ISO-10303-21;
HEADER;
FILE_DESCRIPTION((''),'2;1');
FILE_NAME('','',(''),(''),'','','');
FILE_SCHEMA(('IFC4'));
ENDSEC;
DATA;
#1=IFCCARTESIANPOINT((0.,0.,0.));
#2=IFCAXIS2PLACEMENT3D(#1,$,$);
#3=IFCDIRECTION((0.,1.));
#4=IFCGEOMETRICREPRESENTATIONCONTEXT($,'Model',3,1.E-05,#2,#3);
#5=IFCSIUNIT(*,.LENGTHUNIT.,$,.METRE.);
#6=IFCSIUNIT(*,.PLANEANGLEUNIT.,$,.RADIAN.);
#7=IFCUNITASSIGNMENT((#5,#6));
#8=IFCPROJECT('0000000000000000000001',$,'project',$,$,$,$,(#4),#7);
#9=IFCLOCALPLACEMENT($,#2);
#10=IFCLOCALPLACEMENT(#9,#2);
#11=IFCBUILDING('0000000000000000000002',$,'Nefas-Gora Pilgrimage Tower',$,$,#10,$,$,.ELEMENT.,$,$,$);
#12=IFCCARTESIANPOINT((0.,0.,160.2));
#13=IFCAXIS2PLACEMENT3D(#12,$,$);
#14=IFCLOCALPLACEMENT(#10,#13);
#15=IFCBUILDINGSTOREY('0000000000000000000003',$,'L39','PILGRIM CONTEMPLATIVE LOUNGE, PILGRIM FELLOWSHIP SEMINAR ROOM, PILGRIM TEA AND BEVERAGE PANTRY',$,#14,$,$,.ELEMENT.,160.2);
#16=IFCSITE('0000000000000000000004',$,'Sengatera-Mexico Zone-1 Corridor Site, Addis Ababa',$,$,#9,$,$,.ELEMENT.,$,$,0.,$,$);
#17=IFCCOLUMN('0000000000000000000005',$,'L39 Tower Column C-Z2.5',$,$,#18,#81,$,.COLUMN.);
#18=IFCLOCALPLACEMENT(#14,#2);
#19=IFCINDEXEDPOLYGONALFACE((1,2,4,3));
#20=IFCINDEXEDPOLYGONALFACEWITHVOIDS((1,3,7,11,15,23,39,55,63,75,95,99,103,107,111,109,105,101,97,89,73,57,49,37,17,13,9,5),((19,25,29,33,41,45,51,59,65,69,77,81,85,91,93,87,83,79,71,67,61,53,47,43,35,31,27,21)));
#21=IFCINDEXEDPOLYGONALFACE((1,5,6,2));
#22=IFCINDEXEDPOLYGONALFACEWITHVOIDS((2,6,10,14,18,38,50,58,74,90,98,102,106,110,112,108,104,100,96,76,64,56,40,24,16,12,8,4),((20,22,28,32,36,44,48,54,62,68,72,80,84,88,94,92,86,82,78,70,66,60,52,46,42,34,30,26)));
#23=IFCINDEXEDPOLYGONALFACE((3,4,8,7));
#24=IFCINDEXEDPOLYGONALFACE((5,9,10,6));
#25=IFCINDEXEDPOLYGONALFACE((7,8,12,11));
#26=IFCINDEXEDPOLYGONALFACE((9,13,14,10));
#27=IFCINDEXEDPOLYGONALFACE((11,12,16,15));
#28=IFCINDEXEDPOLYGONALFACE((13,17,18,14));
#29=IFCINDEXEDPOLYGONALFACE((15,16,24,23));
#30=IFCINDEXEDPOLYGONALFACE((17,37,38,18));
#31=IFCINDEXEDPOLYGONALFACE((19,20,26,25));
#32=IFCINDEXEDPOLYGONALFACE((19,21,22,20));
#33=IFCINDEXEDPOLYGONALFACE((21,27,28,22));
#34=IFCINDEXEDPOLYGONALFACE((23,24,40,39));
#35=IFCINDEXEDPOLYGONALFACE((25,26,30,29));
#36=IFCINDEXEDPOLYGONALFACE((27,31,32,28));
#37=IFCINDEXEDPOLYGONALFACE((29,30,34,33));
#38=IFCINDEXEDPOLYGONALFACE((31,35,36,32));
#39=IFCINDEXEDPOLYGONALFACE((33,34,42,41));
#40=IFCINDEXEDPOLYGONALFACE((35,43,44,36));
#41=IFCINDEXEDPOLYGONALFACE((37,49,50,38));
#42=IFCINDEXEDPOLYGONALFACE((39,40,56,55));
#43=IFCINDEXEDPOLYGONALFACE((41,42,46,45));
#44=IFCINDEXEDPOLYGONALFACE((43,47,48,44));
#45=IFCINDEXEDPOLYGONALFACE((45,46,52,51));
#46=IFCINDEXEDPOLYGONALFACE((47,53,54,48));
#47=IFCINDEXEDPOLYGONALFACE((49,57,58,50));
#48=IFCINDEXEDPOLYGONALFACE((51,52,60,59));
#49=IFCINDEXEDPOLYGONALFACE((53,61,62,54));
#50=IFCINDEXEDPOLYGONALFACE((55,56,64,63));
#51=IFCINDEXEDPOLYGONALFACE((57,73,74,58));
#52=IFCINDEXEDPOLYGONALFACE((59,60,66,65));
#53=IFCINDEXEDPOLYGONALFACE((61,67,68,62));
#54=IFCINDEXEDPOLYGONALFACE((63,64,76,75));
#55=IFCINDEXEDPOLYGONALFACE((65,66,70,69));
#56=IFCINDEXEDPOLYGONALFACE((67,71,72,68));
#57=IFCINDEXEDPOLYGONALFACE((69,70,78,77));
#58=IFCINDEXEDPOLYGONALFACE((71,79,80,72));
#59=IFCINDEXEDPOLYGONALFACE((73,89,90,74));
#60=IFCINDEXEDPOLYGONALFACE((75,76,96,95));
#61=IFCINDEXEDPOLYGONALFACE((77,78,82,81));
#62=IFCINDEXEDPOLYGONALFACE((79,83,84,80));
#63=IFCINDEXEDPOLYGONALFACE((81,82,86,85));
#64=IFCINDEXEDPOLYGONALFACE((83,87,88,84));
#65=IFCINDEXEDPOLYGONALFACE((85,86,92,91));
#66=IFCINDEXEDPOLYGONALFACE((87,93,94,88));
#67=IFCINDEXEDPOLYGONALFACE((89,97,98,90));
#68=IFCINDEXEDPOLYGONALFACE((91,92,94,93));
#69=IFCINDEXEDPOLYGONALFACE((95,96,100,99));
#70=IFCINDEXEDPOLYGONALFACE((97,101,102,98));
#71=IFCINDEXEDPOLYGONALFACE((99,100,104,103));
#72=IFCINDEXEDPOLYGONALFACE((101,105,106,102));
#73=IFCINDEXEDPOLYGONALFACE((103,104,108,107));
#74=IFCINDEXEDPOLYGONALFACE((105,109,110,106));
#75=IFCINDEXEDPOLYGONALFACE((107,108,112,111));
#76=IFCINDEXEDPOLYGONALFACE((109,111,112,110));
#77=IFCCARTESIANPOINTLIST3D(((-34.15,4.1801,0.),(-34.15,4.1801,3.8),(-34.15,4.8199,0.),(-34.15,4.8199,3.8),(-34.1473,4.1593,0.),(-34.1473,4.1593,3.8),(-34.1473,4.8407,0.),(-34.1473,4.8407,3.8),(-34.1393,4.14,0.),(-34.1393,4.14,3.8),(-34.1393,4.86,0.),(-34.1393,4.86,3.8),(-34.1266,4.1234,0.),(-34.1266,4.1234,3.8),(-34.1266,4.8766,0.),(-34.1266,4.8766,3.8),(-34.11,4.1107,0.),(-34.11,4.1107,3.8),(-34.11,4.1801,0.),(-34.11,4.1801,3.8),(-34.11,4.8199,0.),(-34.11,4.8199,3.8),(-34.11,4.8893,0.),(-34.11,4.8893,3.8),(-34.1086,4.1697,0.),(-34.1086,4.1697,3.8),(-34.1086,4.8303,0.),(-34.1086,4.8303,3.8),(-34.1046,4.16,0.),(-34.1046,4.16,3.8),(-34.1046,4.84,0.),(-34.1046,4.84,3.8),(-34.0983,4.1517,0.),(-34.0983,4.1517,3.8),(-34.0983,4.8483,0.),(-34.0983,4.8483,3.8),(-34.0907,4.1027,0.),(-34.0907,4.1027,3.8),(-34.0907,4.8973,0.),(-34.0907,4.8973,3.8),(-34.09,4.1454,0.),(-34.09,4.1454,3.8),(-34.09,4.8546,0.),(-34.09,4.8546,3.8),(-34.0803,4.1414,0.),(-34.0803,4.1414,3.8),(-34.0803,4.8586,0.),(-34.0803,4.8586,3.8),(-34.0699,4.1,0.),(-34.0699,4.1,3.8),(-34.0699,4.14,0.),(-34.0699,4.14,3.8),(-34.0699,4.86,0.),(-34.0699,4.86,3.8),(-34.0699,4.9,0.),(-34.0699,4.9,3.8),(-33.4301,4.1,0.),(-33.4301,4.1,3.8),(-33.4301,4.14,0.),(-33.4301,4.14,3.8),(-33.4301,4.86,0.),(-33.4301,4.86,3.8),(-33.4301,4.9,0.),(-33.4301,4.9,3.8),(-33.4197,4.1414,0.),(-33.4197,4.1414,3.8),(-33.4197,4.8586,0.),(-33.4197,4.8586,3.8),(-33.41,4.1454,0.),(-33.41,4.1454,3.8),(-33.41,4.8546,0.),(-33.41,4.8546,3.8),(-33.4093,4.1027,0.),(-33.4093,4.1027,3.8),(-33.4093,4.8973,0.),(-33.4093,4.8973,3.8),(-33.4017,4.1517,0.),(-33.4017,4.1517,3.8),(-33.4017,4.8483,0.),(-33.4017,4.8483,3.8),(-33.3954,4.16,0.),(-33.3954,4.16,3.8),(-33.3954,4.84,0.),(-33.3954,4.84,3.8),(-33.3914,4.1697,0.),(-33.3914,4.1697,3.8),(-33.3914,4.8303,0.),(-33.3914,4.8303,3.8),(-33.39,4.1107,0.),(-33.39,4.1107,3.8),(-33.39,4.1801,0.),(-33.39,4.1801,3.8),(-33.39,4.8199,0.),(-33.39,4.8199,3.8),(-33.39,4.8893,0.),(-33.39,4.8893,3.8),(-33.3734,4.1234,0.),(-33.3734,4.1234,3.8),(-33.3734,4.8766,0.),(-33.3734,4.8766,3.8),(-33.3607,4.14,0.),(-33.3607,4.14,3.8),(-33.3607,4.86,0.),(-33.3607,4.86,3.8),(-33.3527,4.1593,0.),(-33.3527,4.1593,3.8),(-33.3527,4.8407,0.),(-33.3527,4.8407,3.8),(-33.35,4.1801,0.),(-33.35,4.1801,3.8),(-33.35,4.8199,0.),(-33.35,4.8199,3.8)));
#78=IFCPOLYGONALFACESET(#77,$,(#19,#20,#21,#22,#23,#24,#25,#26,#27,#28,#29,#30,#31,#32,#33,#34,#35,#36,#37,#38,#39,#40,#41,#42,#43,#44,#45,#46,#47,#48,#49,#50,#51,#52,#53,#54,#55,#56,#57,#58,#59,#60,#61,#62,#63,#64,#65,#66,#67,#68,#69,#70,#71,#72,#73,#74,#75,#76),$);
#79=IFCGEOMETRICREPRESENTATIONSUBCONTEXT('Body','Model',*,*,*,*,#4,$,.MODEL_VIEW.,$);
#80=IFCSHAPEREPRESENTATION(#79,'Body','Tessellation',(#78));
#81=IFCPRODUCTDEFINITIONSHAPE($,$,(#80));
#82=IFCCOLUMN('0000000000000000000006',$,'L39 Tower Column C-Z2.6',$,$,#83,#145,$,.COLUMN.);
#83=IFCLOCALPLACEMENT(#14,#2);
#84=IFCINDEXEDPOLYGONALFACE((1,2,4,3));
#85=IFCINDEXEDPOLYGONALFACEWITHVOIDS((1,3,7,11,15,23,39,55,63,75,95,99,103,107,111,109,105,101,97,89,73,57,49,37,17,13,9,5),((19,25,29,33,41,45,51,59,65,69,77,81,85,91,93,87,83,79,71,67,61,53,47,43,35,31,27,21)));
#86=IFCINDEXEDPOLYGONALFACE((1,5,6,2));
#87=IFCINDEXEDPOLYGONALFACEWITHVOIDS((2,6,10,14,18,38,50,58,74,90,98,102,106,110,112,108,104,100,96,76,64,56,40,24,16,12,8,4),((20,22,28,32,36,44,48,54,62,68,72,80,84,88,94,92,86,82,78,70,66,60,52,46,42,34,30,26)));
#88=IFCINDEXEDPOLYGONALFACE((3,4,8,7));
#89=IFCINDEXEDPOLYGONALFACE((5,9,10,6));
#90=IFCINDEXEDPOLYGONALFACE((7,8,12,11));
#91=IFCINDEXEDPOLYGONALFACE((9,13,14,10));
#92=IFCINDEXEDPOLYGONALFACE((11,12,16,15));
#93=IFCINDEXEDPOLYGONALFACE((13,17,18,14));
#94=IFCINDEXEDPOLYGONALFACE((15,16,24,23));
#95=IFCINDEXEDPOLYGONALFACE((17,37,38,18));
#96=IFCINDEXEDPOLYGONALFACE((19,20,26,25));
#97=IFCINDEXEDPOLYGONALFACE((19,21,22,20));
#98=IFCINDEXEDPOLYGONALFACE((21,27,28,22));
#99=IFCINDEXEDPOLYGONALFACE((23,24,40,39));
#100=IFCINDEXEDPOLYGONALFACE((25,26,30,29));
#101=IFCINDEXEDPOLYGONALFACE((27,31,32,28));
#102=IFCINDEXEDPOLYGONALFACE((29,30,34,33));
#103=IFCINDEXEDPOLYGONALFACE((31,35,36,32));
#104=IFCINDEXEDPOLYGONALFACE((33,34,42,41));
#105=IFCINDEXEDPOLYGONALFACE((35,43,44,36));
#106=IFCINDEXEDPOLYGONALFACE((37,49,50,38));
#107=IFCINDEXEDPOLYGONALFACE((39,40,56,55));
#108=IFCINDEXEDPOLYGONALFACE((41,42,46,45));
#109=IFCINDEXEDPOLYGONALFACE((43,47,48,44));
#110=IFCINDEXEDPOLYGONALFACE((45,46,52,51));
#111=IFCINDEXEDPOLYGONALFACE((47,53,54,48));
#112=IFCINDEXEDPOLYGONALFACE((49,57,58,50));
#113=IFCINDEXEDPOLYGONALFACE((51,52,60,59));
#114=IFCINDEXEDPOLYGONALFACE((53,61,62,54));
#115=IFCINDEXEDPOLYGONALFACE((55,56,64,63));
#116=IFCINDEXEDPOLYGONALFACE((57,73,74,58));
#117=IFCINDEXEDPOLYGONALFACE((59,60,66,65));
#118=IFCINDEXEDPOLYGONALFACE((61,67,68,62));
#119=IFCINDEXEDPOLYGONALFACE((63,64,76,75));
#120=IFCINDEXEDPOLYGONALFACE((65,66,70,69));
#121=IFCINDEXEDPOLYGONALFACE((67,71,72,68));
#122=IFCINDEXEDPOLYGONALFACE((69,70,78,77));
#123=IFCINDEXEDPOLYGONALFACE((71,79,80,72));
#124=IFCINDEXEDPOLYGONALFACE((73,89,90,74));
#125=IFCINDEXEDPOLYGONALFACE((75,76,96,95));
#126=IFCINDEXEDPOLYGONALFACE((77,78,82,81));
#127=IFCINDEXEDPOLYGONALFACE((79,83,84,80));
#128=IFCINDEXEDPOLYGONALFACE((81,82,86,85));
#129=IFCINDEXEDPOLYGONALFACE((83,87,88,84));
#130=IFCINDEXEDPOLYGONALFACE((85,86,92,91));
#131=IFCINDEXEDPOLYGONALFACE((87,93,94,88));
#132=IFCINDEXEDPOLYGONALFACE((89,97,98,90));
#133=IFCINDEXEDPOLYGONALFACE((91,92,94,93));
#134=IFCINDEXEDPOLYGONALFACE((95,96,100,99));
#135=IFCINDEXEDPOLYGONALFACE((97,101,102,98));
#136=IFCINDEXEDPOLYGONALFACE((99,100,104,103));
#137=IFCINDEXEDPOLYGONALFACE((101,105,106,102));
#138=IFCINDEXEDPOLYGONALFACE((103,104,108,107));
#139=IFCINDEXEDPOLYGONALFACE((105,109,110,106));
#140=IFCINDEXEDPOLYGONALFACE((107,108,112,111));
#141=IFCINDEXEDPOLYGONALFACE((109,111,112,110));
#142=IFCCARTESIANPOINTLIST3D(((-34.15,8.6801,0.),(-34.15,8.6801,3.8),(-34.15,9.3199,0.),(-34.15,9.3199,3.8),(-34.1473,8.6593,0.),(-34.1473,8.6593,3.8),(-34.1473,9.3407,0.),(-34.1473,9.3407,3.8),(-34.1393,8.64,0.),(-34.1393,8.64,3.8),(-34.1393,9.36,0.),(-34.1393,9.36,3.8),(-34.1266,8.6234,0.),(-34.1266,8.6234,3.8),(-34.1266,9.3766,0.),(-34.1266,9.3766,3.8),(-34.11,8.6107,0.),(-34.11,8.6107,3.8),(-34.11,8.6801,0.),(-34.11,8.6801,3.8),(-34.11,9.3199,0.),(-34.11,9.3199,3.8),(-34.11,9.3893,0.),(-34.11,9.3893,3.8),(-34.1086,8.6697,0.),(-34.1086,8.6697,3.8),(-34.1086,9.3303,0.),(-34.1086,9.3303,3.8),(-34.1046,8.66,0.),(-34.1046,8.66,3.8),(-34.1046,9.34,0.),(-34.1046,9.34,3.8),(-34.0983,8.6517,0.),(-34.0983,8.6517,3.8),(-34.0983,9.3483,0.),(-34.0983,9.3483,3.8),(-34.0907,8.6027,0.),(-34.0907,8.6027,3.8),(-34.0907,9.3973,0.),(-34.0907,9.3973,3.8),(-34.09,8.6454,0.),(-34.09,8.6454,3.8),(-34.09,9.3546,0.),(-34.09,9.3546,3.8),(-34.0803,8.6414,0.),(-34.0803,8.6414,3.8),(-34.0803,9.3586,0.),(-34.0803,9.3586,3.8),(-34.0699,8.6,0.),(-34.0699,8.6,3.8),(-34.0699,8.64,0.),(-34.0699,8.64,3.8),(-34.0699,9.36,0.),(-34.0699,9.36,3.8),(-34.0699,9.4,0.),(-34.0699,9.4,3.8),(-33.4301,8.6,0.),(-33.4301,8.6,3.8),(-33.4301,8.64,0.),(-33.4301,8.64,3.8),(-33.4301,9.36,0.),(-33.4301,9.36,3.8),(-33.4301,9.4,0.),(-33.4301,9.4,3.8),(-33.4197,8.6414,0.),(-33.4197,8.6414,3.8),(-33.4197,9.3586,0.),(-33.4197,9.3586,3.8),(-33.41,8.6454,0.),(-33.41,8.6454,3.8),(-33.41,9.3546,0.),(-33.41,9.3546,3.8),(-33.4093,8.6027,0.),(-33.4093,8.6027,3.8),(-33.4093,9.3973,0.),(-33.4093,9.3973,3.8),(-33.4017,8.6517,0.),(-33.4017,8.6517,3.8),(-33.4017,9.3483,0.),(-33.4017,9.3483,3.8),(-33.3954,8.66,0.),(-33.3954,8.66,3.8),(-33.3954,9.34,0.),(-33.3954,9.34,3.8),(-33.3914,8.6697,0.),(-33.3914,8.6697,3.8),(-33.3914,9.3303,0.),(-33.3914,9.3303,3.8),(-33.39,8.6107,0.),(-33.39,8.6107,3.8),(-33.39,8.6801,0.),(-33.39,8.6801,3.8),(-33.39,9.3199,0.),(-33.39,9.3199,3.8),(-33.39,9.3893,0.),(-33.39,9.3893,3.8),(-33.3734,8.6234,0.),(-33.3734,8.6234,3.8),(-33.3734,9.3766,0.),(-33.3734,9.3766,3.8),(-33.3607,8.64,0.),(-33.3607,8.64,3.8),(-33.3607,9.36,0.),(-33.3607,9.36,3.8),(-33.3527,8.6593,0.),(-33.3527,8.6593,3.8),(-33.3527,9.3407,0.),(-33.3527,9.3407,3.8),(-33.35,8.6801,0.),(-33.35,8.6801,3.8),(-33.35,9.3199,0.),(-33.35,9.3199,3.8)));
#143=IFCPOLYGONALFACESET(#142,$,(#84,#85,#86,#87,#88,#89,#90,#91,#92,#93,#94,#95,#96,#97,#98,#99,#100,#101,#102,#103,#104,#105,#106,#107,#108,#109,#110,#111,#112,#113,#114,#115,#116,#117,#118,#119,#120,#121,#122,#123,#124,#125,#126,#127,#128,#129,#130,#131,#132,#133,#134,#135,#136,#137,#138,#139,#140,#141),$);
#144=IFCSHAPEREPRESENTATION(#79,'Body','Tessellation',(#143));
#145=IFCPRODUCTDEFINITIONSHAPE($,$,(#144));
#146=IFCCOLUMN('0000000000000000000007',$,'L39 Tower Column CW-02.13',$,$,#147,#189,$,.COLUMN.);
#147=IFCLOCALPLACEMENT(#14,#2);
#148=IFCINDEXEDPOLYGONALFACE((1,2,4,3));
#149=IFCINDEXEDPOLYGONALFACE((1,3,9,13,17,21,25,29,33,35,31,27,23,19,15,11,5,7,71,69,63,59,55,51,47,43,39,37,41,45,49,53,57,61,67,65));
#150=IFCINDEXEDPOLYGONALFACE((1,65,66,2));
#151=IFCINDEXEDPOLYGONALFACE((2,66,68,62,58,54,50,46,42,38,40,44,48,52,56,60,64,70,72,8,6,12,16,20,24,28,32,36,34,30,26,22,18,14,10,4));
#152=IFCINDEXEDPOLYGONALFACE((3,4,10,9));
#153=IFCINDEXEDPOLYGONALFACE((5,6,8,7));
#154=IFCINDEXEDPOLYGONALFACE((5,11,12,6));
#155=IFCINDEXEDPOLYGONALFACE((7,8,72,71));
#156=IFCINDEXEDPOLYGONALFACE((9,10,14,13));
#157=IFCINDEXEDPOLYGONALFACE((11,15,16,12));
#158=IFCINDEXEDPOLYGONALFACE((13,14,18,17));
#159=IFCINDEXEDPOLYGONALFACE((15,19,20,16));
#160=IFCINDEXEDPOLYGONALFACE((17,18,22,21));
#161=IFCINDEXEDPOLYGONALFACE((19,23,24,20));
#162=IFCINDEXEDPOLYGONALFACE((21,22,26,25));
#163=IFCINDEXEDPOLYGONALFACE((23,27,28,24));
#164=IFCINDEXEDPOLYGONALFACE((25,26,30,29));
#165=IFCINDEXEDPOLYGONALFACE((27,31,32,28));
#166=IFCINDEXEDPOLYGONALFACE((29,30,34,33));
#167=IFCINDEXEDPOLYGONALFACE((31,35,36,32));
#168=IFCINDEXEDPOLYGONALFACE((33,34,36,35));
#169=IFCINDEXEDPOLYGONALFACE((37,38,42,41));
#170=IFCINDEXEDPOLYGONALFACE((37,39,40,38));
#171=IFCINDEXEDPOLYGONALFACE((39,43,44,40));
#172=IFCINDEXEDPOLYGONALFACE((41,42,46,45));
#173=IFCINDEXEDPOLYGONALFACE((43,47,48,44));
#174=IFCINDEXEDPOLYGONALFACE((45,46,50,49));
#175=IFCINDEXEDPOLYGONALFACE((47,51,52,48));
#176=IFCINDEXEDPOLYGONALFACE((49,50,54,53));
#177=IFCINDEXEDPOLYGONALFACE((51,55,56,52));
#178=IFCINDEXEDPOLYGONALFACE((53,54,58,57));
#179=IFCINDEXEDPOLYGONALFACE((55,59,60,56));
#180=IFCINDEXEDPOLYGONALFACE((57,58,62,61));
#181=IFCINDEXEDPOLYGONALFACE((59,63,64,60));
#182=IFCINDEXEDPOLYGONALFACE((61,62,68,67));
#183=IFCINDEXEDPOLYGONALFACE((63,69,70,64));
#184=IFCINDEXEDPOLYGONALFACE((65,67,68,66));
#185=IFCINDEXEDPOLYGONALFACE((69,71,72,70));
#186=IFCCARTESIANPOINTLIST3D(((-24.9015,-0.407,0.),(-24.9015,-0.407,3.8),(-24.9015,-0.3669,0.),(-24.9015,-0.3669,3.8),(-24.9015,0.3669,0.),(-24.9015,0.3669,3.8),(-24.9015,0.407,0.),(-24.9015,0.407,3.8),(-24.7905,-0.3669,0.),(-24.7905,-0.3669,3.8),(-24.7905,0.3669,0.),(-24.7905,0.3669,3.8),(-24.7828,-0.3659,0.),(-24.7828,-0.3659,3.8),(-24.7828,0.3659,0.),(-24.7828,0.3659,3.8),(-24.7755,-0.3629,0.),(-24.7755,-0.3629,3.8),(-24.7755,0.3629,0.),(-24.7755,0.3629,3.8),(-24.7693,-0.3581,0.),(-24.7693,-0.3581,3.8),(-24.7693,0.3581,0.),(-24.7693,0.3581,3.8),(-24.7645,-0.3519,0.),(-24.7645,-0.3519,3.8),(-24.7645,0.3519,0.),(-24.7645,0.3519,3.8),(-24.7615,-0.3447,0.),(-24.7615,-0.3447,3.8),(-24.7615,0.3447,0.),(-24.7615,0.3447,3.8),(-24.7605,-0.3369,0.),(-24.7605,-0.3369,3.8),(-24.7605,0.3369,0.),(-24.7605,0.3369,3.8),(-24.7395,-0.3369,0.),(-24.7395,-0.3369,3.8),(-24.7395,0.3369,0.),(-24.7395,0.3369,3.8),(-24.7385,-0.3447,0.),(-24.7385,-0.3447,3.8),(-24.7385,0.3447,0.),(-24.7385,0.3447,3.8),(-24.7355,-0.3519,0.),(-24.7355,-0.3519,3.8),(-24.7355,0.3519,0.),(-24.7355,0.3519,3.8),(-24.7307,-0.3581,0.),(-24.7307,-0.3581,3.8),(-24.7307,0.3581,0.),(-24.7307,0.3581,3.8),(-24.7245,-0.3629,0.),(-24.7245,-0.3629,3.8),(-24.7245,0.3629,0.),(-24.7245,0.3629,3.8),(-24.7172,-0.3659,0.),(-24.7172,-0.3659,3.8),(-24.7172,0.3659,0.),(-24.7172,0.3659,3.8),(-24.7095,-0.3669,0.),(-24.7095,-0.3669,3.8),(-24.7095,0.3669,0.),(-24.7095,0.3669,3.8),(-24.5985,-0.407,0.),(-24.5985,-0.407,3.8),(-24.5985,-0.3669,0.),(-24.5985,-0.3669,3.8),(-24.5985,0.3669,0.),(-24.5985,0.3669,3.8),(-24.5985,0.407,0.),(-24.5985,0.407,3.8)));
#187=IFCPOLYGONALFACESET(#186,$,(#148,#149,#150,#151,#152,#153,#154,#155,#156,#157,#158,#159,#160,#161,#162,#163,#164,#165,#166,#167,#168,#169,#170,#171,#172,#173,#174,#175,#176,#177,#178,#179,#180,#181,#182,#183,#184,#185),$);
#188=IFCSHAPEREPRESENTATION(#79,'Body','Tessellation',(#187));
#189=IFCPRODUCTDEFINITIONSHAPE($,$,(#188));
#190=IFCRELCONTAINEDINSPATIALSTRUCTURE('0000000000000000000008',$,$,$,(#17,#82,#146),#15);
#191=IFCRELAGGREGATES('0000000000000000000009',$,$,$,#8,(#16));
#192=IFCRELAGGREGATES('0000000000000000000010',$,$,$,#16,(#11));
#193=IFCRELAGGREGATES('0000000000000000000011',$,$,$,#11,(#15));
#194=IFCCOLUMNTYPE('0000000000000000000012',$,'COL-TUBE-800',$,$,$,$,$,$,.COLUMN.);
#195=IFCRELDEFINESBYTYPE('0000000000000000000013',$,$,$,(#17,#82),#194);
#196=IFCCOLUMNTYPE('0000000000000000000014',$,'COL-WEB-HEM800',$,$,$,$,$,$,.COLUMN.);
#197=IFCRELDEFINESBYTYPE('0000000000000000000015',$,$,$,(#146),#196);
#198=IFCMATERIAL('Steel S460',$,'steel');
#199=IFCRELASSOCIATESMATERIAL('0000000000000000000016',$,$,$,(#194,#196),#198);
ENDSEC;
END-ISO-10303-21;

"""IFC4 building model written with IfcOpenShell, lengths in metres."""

from ifc_helpers import new_model, si_unit, direction, frame, origin, origin_2d, place, context, subcontext, project, spatial, hollow_rectangle, i_section, extrude, source, transform, mapped, material, material_profile, profile_set, type_object, element, save


model = new_model("IFC4")

# Units and contexts
model_context = context("Model", 3, precision=1e-05, world=origin(), true_north=direction((0.0, 1.0)))
body_context = subcontext(model_context, "Body", "Model", "MODEL_VIEW")
ifc_project = project(units=[si_unit("LENGTHUNIT", "METRE"), si_unit("PLANEANGLEUNIT", "RADIAN")], contexts=[model_context])

# Site, building, storey
site_placement = place(None, origin())
site = spatial("IfcSite", under=ifc_project, at=site_placement, Name="Sengatera-Mexico Zone-1 Corridor Site, Addis Ababa", CompositionType="ELEMENT", RefElevation=0.0)
building_placement = place(site_placement, origin())
building = spatial("IfcBuilding", under=site, at=building_placement, Name="Nefas-Gora Pilgrimage Tower", CompositionType="ELEMENT")
storey_placement = place(building_placement, frame((0.0, 0.0, 160.2)))
storey = spatial("IfcBuildingStorey", under=building, at=storey_placement, Name="L39", Description="PILGRIM CONTEMPLATIVE LOUNGE, PILGRIM FELLOWSHIP SEMINAR ROOM, PILGRIM TEA AND BEVERAGE PANTRY", CompositionType="ELEMENT", Elevation=160.2)

# Columns
ifc_material_1 = material(Name="Steel S460", Category="steel")
ifc_material_profile_1 = material_profile(ifc_material_1, hollow_rectangle(XDim=0.8, YDim=0.8, WallThickness=0.04, InnerFilletRadius=0.04, OuterFilletRadius=0.0801, at=origin_2d()), Name="BOX 800x800x40")
ifc_profile_set_1 = profile_set([ifc_material_profile_1], Name="Steel S460")
column_type_1 = type_object("IfcColumnType", Name="COL-TUBE-800", PredefinedType="COLUMN", material=ifc_profile_set_1)
shared_shape_1 = source(origin(), body_context, "Body", "SweptSolid", [
    extrude(hollow_rectangle(XDim=0.8, YDim=0.8, WallThickness=0.04, InnerFilletRadius=0.04, OuterFilletRadius=0.0801, at=origin_2d()), origin(), (0.0, 0.0, 1.0), 3.8),
])
for number, where, z_axis, x_axis, name in (
    (1, (-33.75, 4.5, 0.0), (0.0, 0.0, 1.0), (1.0, 0.0, 0.0), "L39 Tower Column C-Z2.5"),
    (2, (-33.75, 9.0, 0.0), (0.0, 0.0, 1.0), (1.0, 0.0, 0.0), "L39 Tower Column C-Z2.6"),
):
    element("IfcColumn", number, at=place(storey_placement, frame(where, z_axis=z_axis, x_axis=x_axis)), inside=storey, type_object=column_type_1, Name=name, PredefinedType="COLUMN", context=body_context, shape_type="MappedRepresentation", body=[
        mapped(shared_shape_1, transform((0.0, 0.0, 0.0), x_axis=(1.0, 0.0, 0.0), y_axis=(0.0, 1.0, 0.0), z_axis=(0.0, 0.0, 1.0), scale=1.0)),
    ])
ifc_material_profile_2 = material_profile(ifc_material_1, i_section(OverallWidth=0.303, OverallDepth=0.814, WebThickness=0.021, FlangeThickness=0.04, FilletRadius=0.03, at=origin_2d()), Name="HEM 800")
ifc_profile_set_2 = profile_set([ifc_material_profile_2], Name="Steel S460")
column_type_2 = type_object("IfcColumnType", Name="COL-WEB-HEM800", PredefinedType="COLUMN", material=ifc_profile_set_2)
shared_shape_2 = source(origin(), body_context, "Body", "SweptSolid", [
    extrude(i_section(OverallWidth=0.303, OverallDepth=0.814, WebThickness=0.021, FlangeThickness=0.04, FilletRadius=0.03, at=origin_2d()), origin(), (0.0, 0.0, 1.0), 3.8),
])
for number, where, z_axis, x_axis, name in (
    (3, (-24.75, 0.0, 0.0), (0.0, 0.0, 1.0), (1.0, 0.0, 0.0), "L39 Tower Column CW-02.13"),
):
    element("IfcColumn", number, at=place(storey_placement, frame(where, z_axis=z_axis, x_axis=x_axis)), inside=storey, type_object=column_type_2, Name=name, PredefinedType="COLUMN", context=body_context, shape_type="MappedRepresentation", body=[
        mapped(shared_shape_2, transform((0.0, 0.0, 0.0), x_axis=(1.0, 0.0, 0.0), y_axis=(0.0, 1.0, 0.0), z_axis=(0.0, 0.0, 1.0), scale=1.0)),
    ])

save(model, "model.ifc")
